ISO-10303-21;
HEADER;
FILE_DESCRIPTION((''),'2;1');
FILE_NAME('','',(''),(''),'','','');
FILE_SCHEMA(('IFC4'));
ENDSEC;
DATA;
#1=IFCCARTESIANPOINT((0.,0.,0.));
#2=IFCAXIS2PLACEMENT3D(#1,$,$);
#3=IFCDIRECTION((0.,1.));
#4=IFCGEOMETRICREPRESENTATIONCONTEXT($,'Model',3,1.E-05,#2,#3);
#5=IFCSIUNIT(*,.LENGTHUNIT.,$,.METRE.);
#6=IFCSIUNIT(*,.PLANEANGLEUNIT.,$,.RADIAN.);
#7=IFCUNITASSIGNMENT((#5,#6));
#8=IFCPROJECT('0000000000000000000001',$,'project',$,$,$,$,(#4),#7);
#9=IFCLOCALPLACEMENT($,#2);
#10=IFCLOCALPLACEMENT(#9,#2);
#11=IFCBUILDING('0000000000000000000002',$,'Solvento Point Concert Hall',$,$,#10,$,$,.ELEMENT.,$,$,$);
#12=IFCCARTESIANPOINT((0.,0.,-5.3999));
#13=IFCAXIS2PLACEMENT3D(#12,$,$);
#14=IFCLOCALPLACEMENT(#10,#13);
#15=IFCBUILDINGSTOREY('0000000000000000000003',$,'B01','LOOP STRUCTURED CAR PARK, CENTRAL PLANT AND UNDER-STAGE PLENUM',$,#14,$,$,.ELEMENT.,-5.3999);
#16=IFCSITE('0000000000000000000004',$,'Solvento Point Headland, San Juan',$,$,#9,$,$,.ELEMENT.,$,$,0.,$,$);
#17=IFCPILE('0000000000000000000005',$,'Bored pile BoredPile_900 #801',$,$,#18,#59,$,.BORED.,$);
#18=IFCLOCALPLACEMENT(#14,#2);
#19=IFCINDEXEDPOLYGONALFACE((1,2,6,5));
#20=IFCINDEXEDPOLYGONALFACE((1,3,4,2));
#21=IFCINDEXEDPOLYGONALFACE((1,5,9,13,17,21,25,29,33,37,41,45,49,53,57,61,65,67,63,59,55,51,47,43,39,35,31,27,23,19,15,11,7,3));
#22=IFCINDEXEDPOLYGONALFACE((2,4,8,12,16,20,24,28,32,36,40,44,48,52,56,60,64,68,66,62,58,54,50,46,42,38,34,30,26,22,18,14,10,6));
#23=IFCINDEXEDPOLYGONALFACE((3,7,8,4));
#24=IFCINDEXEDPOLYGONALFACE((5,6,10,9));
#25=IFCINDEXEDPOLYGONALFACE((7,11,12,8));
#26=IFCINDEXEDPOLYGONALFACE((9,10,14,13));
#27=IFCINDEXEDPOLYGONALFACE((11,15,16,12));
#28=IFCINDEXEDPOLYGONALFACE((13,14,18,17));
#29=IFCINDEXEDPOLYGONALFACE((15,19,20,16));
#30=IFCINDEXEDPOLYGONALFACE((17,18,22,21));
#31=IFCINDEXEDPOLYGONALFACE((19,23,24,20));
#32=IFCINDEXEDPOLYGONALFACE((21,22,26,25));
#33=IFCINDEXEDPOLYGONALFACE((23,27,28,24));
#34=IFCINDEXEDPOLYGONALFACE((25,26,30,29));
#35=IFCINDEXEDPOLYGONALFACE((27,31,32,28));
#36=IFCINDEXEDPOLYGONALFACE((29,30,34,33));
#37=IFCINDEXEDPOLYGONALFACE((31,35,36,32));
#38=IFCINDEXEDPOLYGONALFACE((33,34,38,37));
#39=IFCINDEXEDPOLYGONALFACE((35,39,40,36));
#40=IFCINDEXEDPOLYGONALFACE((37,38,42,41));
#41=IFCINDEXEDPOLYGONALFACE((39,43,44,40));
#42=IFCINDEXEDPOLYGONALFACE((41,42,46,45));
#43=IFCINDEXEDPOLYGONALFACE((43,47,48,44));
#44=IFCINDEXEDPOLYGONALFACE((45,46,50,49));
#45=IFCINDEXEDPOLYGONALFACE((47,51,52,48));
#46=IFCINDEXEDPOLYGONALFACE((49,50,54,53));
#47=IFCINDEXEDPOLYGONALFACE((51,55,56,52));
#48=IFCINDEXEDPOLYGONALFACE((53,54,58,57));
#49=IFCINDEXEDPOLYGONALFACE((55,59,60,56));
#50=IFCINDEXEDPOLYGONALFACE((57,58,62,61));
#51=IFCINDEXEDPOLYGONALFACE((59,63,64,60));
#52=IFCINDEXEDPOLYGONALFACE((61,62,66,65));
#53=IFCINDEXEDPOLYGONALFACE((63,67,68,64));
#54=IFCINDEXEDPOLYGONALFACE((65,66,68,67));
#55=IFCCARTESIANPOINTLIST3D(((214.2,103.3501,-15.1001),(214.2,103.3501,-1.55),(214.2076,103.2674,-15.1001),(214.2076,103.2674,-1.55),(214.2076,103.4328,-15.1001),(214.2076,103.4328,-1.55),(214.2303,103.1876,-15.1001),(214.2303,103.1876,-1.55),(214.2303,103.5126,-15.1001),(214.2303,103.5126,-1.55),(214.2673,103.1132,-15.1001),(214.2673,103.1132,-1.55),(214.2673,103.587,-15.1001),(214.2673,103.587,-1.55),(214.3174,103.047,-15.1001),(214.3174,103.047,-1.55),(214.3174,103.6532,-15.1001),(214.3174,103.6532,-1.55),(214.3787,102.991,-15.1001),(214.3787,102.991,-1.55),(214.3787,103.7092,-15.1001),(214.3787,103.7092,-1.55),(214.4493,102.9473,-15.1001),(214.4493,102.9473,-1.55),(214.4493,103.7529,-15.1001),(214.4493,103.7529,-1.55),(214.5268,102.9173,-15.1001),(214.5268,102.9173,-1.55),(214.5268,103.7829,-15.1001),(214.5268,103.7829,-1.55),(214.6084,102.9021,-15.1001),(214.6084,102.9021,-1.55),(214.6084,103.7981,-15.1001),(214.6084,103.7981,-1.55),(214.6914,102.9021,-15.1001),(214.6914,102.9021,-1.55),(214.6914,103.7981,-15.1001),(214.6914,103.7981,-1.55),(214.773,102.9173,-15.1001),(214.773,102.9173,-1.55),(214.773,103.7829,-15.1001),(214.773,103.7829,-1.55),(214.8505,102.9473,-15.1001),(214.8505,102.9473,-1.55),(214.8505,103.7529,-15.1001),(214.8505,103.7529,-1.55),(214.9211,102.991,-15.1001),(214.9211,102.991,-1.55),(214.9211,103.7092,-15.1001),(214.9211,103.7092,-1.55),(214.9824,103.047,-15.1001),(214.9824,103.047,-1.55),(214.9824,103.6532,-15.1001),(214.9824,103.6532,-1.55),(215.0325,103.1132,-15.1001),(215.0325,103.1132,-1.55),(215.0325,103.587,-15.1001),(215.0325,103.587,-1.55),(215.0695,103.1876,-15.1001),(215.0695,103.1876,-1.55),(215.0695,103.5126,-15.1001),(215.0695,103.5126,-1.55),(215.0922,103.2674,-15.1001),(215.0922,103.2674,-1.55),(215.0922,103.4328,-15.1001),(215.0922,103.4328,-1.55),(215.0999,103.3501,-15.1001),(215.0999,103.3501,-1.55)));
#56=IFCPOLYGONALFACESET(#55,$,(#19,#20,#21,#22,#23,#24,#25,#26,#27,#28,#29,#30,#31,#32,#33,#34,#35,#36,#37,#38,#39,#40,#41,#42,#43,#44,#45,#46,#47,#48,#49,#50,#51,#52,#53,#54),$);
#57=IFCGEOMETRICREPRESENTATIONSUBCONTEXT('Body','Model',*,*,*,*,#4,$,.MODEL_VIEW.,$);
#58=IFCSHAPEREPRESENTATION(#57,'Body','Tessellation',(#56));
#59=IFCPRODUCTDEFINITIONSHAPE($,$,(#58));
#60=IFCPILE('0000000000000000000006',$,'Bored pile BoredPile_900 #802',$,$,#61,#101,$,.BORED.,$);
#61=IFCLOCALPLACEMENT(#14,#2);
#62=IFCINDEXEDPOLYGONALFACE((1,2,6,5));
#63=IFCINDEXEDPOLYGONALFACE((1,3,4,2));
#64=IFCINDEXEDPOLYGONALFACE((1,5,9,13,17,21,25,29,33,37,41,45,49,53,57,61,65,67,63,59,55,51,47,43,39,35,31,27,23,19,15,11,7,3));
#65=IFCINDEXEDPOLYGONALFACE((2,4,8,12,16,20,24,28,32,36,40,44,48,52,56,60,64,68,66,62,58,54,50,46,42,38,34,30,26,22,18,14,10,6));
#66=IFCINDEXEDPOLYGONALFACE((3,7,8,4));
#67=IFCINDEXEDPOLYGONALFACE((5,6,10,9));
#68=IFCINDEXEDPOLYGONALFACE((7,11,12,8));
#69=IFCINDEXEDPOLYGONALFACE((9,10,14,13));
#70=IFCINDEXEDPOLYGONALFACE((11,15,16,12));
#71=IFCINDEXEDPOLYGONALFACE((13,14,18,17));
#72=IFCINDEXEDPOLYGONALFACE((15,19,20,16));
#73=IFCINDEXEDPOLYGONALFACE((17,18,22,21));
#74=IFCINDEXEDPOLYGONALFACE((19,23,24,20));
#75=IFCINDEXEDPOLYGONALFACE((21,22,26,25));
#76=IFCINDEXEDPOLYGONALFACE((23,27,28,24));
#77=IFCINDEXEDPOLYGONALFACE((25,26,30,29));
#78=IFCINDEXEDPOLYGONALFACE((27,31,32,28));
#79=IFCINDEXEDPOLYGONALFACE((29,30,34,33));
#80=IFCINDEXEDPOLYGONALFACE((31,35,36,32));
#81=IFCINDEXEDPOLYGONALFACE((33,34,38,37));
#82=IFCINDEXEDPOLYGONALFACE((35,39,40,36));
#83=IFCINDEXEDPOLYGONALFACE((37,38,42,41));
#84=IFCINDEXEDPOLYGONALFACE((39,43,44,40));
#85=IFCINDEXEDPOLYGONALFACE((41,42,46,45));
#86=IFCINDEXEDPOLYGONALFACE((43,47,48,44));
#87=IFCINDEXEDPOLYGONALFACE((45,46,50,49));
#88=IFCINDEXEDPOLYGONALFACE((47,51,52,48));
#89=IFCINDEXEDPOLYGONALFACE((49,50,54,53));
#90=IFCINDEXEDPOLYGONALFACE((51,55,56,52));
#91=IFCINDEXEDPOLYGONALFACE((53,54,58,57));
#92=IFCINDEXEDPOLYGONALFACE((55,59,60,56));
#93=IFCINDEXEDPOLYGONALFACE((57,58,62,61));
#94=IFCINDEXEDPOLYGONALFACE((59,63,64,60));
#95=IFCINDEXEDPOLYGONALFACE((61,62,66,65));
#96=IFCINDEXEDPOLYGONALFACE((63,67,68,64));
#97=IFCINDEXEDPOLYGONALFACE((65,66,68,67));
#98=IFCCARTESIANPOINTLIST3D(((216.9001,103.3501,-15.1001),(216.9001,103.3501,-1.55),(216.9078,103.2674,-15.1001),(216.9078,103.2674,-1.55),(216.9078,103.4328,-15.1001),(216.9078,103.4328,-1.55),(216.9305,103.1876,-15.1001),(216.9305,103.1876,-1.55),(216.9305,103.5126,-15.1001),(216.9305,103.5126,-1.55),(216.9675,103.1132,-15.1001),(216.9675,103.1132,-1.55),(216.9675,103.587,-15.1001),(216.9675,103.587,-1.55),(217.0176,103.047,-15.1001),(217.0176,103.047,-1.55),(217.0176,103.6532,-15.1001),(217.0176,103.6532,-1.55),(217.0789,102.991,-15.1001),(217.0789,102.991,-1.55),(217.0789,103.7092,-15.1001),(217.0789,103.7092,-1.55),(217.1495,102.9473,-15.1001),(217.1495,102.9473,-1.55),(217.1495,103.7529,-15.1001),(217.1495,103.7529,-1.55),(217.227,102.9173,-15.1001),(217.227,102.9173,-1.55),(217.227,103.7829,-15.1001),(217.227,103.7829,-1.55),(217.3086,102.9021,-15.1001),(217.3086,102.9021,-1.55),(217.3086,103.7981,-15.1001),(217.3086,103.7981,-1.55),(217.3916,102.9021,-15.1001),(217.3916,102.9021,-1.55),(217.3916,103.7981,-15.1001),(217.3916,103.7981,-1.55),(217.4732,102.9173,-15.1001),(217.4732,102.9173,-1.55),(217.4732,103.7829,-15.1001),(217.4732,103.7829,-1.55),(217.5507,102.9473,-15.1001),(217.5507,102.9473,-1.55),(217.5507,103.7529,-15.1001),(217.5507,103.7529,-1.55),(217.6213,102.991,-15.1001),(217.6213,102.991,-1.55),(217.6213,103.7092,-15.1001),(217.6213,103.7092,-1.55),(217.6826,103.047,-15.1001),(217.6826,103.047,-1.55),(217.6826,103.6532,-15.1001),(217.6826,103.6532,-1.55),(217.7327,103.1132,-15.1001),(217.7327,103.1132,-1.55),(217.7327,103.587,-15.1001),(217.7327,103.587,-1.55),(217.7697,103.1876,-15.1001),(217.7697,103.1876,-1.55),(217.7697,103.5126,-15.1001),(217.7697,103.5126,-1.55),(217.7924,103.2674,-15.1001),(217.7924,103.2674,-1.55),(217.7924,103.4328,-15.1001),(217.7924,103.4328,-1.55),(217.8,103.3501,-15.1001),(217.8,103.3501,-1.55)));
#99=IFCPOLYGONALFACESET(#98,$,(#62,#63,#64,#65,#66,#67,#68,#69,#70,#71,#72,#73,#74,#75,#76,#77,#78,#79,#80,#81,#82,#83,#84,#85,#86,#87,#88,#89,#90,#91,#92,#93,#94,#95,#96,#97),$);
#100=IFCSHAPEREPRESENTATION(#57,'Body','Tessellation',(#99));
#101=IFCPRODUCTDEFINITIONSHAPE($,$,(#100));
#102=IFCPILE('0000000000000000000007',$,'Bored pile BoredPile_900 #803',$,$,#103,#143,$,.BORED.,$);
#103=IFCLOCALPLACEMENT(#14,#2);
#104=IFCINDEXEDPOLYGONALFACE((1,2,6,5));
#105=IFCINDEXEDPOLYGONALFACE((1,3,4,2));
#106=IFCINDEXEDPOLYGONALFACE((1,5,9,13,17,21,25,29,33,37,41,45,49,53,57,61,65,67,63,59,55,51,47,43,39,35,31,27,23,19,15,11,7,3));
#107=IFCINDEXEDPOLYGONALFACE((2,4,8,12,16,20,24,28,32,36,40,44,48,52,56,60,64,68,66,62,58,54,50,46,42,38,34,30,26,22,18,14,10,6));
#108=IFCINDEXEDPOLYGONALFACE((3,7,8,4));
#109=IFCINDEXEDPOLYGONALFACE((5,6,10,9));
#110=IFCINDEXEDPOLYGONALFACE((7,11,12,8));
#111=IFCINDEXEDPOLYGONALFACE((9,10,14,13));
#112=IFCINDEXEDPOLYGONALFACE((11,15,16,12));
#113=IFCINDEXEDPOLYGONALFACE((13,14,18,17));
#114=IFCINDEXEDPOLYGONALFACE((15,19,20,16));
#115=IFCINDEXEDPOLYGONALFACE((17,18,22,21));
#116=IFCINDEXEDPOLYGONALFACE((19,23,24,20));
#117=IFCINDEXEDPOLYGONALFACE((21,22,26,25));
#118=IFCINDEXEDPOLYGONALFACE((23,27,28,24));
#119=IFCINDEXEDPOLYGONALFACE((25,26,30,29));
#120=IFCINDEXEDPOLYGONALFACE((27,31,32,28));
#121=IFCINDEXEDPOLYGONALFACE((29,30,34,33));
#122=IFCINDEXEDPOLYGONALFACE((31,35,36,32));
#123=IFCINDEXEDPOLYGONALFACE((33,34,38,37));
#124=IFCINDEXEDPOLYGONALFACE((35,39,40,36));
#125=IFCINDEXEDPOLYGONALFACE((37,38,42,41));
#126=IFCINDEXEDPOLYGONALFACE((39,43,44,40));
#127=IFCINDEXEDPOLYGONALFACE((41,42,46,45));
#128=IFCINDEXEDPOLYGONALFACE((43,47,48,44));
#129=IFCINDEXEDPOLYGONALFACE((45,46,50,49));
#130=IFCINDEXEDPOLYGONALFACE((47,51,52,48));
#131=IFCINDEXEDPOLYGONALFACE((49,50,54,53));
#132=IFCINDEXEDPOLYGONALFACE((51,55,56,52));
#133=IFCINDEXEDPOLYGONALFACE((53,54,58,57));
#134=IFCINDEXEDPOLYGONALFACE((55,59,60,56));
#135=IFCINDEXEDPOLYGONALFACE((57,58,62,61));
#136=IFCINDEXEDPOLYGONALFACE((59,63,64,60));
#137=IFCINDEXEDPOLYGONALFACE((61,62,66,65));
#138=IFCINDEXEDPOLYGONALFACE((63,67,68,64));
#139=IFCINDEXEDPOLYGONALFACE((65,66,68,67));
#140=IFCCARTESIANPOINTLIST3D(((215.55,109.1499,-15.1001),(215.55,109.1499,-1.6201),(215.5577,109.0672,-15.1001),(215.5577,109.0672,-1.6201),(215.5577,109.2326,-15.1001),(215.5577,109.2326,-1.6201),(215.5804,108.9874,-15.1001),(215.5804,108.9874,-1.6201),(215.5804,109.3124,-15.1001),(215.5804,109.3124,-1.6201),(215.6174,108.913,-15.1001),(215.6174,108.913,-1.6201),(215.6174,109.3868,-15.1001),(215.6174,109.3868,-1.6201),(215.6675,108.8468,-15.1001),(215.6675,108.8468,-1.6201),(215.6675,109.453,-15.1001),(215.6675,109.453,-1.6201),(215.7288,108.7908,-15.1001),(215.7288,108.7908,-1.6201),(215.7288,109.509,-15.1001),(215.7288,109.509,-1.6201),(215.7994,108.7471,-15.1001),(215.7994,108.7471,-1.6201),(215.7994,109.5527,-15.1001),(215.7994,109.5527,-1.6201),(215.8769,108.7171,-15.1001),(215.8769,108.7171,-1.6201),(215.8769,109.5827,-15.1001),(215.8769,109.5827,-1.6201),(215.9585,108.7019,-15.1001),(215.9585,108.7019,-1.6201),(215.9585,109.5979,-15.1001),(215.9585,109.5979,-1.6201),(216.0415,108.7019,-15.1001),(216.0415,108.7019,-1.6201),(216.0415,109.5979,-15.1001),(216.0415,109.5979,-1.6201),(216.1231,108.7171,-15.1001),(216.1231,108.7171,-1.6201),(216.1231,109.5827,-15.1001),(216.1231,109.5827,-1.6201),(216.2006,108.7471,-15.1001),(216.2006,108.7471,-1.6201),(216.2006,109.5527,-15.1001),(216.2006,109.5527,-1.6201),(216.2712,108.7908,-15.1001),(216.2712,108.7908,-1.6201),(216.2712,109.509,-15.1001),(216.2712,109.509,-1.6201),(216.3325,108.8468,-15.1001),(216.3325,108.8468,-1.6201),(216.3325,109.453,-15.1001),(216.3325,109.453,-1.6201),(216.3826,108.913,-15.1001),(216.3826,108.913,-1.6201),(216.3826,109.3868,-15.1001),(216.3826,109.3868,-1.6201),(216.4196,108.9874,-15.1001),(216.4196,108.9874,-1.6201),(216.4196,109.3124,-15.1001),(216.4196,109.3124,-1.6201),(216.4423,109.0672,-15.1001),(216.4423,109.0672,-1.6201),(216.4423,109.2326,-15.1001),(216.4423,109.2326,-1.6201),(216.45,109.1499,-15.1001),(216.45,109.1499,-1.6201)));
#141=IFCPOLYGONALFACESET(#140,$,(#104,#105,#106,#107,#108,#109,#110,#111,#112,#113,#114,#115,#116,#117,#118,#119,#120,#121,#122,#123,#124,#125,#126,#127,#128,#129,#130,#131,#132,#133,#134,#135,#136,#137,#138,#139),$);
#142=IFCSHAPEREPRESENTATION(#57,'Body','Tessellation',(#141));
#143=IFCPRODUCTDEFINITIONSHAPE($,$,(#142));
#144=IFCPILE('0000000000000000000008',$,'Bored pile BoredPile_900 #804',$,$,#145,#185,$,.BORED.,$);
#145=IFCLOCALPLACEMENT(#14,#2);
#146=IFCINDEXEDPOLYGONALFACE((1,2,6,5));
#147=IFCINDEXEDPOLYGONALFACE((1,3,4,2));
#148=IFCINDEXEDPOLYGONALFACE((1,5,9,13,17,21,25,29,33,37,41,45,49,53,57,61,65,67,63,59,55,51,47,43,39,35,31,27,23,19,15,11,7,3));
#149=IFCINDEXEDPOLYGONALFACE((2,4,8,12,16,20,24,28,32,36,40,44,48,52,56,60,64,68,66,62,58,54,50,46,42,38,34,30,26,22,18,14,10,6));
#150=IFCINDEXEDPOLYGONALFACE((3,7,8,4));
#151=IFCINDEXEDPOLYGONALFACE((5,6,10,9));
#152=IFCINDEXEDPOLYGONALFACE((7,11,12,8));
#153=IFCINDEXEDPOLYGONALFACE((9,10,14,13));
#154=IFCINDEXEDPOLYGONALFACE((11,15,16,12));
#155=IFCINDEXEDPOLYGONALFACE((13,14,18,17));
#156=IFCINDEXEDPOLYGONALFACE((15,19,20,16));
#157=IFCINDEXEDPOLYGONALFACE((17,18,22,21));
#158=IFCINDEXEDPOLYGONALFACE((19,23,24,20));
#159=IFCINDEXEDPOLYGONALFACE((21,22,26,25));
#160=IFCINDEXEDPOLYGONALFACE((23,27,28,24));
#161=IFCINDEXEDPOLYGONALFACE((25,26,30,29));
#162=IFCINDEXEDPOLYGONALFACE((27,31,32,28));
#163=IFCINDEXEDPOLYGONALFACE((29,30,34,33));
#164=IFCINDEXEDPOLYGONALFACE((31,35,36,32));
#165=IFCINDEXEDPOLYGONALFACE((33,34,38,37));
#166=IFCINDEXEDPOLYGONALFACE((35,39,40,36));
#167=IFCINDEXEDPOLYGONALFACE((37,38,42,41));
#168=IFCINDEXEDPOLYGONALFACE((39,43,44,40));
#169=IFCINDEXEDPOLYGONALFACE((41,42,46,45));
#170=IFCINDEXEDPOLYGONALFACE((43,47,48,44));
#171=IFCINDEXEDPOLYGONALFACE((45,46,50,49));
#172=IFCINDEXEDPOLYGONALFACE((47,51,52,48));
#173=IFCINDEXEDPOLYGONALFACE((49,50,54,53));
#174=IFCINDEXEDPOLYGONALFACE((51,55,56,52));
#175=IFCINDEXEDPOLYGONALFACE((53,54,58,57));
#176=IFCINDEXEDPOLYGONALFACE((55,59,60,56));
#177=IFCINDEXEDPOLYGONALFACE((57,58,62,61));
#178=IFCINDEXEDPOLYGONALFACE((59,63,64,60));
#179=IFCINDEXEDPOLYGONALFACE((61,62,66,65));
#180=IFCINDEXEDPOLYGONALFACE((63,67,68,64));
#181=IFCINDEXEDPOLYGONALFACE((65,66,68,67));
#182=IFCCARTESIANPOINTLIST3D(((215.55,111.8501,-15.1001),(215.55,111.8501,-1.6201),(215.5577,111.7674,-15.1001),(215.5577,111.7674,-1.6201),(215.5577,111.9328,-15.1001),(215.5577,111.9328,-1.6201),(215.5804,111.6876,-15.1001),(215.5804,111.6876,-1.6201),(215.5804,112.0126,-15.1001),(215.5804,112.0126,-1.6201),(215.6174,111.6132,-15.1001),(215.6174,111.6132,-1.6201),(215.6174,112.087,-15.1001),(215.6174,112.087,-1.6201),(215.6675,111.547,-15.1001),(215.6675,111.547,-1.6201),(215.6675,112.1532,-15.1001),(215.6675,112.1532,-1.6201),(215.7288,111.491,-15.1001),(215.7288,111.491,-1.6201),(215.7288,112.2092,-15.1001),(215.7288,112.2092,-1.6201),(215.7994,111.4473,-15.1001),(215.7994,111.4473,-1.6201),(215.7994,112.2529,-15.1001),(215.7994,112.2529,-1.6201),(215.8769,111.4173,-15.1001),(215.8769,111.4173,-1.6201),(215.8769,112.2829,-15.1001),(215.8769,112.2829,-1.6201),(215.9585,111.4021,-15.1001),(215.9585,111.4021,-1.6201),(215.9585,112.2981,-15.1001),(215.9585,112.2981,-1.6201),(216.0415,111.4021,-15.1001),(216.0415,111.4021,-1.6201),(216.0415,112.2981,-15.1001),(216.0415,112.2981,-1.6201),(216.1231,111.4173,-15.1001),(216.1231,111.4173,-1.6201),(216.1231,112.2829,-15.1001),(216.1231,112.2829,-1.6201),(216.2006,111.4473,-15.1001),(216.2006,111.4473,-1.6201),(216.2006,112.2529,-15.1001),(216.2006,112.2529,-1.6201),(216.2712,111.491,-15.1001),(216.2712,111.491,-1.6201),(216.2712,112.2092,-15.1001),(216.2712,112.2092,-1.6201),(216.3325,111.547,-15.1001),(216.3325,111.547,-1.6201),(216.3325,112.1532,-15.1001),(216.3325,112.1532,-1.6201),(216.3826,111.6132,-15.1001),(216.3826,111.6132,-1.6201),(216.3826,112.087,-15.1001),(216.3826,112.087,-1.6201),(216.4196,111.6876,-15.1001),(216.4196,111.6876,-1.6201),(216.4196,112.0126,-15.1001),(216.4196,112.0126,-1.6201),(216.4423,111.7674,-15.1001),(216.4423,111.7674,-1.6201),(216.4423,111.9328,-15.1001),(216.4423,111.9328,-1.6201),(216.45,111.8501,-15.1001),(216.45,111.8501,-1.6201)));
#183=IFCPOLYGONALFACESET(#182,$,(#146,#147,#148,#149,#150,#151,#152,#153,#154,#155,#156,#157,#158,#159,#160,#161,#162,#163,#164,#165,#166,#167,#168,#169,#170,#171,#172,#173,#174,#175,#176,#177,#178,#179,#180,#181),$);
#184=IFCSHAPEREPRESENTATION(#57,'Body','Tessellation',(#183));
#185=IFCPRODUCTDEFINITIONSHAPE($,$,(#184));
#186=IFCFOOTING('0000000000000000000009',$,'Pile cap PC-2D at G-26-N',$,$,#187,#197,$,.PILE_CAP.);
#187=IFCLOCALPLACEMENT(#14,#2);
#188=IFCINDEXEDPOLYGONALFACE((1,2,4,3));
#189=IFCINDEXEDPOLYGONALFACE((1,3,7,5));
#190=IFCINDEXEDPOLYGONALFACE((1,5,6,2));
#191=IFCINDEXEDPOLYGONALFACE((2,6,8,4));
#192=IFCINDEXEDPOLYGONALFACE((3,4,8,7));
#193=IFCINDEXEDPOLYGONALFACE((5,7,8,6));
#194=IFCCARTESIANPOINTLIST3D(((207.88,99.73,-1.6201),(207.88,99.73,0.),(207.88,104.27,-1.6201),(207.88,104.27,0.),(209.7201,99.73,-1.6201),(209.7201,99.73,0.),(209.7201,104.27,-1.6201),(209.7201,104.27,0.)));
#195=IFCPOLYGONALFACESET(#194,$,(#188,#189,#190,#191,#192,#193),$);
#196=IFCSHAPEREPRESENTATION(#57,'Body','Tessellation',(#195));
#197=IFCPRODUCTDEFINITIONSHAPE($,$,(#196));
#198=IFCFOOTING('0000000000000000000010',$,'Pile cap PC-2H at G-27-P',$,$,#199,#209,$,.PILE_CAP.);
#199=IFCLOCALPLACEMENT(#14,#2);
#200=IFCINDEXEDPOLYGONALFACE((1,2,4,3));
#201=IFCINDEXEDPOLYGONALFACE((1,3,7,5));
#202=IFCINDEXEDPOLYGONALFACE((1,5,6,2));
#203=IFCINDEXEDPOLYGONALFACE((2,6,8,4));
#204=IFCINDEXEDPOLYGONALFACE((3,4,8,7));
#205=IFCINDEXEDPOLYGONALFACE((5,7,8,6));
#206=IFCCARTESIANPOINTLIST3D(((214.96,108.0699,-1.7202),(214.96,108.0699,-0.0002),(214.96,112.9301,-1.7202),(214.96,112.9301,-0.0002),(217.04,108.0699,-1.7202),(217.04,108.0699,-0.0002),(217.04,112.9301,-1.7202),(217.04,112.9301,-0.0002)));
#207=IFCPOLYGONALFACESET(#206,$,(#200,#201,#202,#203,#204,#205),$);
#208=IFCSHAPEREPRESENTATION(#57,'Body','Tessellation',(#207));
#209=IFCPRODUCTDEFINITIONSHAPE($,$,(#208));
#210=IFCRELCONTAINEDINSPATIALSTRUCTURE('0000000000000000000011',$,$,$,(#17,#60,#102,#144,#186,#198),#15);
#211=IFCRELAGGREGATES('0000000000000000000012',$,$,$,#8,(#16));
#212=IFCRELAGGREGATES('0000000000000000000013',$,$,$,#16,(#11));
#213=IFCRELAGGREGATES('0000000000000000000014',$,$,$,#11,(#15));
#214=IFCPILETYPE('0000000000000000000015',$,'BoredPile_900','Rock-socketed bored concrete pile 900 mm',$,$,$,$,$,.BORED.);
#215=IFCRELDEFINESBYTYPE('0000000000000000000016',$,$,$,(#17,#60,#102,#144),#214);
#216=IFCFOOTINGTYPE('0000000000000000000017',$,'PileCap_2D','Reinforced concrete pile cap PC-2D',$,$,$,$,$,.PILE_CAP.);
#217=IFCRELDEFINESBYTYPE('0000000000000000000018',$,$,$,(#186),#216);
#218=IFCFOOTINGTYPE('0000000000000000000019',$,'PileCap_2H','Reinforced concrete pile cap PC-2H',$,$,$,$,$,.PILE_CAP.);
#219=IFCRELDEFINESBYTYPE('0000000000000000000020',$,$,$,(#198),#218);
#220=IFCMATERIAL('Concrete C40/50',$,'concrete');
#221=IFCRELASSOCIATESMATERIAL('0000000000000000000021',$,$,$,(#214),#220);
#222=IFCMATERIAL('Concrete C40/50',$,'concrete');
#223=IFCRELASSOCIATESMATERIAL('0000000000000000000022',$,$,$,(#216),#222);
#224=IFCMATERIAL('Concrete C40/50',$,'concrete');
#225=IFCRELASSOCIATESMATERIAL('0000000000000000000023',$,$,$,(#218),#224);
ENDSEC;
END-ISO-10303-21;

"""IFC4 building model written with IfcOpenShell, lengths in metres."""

from ifc_helpers import new_model, si_unit, direction, frame, origin, origin_2d, place, context, subcontext, project, spatial, rectangle, circle, extrude, material, material_profile, profile_set, type_object, element, save


model = new_model("IFC4")

# Units and contexts
model_context = context("Model", 3, precision=1e-05, world=origin(), true_north=direction((0.0, 1.0)))
body_context = subcontext(model_context, "Body", "Model", "MODEL_VIEW")
ifc_project = project(units=[si_unit("LENGTHUNIT", "METRE"), si_unit("PLANEANGLEUNIT", "RADIAN")], contexts=[model_context])

# Site, building, storey
site_placement = place(None, origin())
site = spatial("IfcSite", under=ifc_project, at=site_placement, Name="Solvento Point Headland, San Juan", CompositionType="ELEMENT", RefElevation=0.0)
building_placement = place(site_placement, origin())
building = spatial("IfcBuilding", under=site, at=building_placement, Name="Solvento Point Concert Hall", CompositionType="ELEMENT")
storey_placement = place(building_placement, frame((0.0, 0.0, -5.3999)))
storey = spatial("IfcBuildingStorey", under=building, at=storey_placement, Name="B01", Description="LOOP STRUCTURED CAR PARK, CENTRAL PLANT AND UNDER-STAGE PLENUM", CompositionType="ELEMENT", Elevation=-5.3999)

# Piles
ifc_material_1 = material(Name="Concrete C40/50", Category="concrete")
ifc_material_profile_1 = material_profile(ifc_material_1, circle(Radius=0.45, at=origin_2d()), Name="BP-900")
ifc_profile_set_1 = profile_set([ifc_material_profile_1], Name="Concrete C40/50")
pile_type_1 = type_object("IfcPileType", Name="BoredPile_900", Description="Rock-socketed bored concrete pile 900 mm", PredefinedType="BORED", material=ifc_profile_set_1)
for number, where, z_axis, x_axis, name in (
    (1, (214.6499, 103.3501, -1.55), (0.0, 0.0, -1.0), (1.0, 0.0, 0.0), "Bored pile BoredPile_900 #801"),
    (2, (217.3501, 103.3501, -1.55), (0.0, 0.0, -1.0), (1.0, 0.0, 0.0), "Bored pile BoredPile_900 #802"),
):
    element("IfcPile", number, at=place(storey_placement, frame(where, z_axis=z_axis, x_axis=x_axis)), inside=storey, type_object=pile_type_1, Name=name, PredefinedType="BORED", context=body_context, shape_type="SweptSolid", body=[
        extrude(circle(Radius=0.45, at=origin_2d()), origin(), (0.0, 0.0, 1.0), 13.55),
    ])
for number, where, z_axis, x_axis, name in (
    (3, (216.0, 109.1499, -1.6201), (0.0, 0.0, -1.0), (1.0, 0.0, 0.0), "Bored pile BoredPile_900 #803"),
    (4, (216.0, 111.8501, -1.6201), (0.0, 0.0, -1.0), (1.0, 0.0, 0.0), "Bored pile BoredPile_900 #804"),
):
    element("IfcPile", number, at=place(storey_placement, frame(where, z_axis=z_axis, x_axis=x_axis)), inside=storey, type_object=pile_type_1, Name=name, PredefinedType="BORED", context=body_context, shape_type="SweptSolid", body=[
        extrude(circle(Radius=0.45, at=origin_2d()), origin(), (0.0, 0.0, 1.0), 13.48),
    ])

# Footings
ifc_material_2 = material(Name="Concrete C40/50", Category="concrete")
footing_type_1 = type_object("IfcFootingType", Name="PileCap_2D", Description="Reinforced concrete pile cap PC-2D", PredefinedType="PILE_CAP", material=ifc_material_2)
footing_1_placement = place(storey_placement, frame((208.8, 102.0, -1.6201), z_axis=(0.0, 0.0, 1.0), x_axis=(1.0, 0.0, 0.0)))
element("IfcFooting", 5, at=footing_1_placement, inside=storey, type_object=footing_type_1, Name="Pile cap PC-2D at G-26-N", PredefinedType="PILE_CAP", context=body_context, shape_type="SweptSolid", body=[
    extrude(rectangle(XDim=1.8401, YDim=4.54, at=origin_2d()), origin(), (0.0, 0.0, 1.0), 1.6201),
])
ifc_material_3 = material(Name="Concrete C40/50", Category="concrete")
footing_type_2 = type_object("IfcFootingType", Name="PileCap_2H", Description="Reinforced concrete pile cap PC-2H", PredefinedType="PILE_CAP", material=ifc_material_3)
footing_2_placement = place(storey_placement, frame((216.0, 110.5, -1.7202), z_axis=(0.0, 0.0, 1.0), x_axis=(1.0, 0.0, 0.0)))
element("IfcFooting", 6, at=footing_2_placement, inside=storey, type_object=footing_type_2, Name="Pile cap PC-2H at G-27-P", PredefinedType="PILE_CAP", context=body_context, shape_type="SweptSolid", body=[
    extrude(rectangle(XDim=2.0801, YDim=4.8601, at=origin_2d()), origin(), (0.0, 0.0, 1.0), 1.72),
])

save(model, "model.ifc")
